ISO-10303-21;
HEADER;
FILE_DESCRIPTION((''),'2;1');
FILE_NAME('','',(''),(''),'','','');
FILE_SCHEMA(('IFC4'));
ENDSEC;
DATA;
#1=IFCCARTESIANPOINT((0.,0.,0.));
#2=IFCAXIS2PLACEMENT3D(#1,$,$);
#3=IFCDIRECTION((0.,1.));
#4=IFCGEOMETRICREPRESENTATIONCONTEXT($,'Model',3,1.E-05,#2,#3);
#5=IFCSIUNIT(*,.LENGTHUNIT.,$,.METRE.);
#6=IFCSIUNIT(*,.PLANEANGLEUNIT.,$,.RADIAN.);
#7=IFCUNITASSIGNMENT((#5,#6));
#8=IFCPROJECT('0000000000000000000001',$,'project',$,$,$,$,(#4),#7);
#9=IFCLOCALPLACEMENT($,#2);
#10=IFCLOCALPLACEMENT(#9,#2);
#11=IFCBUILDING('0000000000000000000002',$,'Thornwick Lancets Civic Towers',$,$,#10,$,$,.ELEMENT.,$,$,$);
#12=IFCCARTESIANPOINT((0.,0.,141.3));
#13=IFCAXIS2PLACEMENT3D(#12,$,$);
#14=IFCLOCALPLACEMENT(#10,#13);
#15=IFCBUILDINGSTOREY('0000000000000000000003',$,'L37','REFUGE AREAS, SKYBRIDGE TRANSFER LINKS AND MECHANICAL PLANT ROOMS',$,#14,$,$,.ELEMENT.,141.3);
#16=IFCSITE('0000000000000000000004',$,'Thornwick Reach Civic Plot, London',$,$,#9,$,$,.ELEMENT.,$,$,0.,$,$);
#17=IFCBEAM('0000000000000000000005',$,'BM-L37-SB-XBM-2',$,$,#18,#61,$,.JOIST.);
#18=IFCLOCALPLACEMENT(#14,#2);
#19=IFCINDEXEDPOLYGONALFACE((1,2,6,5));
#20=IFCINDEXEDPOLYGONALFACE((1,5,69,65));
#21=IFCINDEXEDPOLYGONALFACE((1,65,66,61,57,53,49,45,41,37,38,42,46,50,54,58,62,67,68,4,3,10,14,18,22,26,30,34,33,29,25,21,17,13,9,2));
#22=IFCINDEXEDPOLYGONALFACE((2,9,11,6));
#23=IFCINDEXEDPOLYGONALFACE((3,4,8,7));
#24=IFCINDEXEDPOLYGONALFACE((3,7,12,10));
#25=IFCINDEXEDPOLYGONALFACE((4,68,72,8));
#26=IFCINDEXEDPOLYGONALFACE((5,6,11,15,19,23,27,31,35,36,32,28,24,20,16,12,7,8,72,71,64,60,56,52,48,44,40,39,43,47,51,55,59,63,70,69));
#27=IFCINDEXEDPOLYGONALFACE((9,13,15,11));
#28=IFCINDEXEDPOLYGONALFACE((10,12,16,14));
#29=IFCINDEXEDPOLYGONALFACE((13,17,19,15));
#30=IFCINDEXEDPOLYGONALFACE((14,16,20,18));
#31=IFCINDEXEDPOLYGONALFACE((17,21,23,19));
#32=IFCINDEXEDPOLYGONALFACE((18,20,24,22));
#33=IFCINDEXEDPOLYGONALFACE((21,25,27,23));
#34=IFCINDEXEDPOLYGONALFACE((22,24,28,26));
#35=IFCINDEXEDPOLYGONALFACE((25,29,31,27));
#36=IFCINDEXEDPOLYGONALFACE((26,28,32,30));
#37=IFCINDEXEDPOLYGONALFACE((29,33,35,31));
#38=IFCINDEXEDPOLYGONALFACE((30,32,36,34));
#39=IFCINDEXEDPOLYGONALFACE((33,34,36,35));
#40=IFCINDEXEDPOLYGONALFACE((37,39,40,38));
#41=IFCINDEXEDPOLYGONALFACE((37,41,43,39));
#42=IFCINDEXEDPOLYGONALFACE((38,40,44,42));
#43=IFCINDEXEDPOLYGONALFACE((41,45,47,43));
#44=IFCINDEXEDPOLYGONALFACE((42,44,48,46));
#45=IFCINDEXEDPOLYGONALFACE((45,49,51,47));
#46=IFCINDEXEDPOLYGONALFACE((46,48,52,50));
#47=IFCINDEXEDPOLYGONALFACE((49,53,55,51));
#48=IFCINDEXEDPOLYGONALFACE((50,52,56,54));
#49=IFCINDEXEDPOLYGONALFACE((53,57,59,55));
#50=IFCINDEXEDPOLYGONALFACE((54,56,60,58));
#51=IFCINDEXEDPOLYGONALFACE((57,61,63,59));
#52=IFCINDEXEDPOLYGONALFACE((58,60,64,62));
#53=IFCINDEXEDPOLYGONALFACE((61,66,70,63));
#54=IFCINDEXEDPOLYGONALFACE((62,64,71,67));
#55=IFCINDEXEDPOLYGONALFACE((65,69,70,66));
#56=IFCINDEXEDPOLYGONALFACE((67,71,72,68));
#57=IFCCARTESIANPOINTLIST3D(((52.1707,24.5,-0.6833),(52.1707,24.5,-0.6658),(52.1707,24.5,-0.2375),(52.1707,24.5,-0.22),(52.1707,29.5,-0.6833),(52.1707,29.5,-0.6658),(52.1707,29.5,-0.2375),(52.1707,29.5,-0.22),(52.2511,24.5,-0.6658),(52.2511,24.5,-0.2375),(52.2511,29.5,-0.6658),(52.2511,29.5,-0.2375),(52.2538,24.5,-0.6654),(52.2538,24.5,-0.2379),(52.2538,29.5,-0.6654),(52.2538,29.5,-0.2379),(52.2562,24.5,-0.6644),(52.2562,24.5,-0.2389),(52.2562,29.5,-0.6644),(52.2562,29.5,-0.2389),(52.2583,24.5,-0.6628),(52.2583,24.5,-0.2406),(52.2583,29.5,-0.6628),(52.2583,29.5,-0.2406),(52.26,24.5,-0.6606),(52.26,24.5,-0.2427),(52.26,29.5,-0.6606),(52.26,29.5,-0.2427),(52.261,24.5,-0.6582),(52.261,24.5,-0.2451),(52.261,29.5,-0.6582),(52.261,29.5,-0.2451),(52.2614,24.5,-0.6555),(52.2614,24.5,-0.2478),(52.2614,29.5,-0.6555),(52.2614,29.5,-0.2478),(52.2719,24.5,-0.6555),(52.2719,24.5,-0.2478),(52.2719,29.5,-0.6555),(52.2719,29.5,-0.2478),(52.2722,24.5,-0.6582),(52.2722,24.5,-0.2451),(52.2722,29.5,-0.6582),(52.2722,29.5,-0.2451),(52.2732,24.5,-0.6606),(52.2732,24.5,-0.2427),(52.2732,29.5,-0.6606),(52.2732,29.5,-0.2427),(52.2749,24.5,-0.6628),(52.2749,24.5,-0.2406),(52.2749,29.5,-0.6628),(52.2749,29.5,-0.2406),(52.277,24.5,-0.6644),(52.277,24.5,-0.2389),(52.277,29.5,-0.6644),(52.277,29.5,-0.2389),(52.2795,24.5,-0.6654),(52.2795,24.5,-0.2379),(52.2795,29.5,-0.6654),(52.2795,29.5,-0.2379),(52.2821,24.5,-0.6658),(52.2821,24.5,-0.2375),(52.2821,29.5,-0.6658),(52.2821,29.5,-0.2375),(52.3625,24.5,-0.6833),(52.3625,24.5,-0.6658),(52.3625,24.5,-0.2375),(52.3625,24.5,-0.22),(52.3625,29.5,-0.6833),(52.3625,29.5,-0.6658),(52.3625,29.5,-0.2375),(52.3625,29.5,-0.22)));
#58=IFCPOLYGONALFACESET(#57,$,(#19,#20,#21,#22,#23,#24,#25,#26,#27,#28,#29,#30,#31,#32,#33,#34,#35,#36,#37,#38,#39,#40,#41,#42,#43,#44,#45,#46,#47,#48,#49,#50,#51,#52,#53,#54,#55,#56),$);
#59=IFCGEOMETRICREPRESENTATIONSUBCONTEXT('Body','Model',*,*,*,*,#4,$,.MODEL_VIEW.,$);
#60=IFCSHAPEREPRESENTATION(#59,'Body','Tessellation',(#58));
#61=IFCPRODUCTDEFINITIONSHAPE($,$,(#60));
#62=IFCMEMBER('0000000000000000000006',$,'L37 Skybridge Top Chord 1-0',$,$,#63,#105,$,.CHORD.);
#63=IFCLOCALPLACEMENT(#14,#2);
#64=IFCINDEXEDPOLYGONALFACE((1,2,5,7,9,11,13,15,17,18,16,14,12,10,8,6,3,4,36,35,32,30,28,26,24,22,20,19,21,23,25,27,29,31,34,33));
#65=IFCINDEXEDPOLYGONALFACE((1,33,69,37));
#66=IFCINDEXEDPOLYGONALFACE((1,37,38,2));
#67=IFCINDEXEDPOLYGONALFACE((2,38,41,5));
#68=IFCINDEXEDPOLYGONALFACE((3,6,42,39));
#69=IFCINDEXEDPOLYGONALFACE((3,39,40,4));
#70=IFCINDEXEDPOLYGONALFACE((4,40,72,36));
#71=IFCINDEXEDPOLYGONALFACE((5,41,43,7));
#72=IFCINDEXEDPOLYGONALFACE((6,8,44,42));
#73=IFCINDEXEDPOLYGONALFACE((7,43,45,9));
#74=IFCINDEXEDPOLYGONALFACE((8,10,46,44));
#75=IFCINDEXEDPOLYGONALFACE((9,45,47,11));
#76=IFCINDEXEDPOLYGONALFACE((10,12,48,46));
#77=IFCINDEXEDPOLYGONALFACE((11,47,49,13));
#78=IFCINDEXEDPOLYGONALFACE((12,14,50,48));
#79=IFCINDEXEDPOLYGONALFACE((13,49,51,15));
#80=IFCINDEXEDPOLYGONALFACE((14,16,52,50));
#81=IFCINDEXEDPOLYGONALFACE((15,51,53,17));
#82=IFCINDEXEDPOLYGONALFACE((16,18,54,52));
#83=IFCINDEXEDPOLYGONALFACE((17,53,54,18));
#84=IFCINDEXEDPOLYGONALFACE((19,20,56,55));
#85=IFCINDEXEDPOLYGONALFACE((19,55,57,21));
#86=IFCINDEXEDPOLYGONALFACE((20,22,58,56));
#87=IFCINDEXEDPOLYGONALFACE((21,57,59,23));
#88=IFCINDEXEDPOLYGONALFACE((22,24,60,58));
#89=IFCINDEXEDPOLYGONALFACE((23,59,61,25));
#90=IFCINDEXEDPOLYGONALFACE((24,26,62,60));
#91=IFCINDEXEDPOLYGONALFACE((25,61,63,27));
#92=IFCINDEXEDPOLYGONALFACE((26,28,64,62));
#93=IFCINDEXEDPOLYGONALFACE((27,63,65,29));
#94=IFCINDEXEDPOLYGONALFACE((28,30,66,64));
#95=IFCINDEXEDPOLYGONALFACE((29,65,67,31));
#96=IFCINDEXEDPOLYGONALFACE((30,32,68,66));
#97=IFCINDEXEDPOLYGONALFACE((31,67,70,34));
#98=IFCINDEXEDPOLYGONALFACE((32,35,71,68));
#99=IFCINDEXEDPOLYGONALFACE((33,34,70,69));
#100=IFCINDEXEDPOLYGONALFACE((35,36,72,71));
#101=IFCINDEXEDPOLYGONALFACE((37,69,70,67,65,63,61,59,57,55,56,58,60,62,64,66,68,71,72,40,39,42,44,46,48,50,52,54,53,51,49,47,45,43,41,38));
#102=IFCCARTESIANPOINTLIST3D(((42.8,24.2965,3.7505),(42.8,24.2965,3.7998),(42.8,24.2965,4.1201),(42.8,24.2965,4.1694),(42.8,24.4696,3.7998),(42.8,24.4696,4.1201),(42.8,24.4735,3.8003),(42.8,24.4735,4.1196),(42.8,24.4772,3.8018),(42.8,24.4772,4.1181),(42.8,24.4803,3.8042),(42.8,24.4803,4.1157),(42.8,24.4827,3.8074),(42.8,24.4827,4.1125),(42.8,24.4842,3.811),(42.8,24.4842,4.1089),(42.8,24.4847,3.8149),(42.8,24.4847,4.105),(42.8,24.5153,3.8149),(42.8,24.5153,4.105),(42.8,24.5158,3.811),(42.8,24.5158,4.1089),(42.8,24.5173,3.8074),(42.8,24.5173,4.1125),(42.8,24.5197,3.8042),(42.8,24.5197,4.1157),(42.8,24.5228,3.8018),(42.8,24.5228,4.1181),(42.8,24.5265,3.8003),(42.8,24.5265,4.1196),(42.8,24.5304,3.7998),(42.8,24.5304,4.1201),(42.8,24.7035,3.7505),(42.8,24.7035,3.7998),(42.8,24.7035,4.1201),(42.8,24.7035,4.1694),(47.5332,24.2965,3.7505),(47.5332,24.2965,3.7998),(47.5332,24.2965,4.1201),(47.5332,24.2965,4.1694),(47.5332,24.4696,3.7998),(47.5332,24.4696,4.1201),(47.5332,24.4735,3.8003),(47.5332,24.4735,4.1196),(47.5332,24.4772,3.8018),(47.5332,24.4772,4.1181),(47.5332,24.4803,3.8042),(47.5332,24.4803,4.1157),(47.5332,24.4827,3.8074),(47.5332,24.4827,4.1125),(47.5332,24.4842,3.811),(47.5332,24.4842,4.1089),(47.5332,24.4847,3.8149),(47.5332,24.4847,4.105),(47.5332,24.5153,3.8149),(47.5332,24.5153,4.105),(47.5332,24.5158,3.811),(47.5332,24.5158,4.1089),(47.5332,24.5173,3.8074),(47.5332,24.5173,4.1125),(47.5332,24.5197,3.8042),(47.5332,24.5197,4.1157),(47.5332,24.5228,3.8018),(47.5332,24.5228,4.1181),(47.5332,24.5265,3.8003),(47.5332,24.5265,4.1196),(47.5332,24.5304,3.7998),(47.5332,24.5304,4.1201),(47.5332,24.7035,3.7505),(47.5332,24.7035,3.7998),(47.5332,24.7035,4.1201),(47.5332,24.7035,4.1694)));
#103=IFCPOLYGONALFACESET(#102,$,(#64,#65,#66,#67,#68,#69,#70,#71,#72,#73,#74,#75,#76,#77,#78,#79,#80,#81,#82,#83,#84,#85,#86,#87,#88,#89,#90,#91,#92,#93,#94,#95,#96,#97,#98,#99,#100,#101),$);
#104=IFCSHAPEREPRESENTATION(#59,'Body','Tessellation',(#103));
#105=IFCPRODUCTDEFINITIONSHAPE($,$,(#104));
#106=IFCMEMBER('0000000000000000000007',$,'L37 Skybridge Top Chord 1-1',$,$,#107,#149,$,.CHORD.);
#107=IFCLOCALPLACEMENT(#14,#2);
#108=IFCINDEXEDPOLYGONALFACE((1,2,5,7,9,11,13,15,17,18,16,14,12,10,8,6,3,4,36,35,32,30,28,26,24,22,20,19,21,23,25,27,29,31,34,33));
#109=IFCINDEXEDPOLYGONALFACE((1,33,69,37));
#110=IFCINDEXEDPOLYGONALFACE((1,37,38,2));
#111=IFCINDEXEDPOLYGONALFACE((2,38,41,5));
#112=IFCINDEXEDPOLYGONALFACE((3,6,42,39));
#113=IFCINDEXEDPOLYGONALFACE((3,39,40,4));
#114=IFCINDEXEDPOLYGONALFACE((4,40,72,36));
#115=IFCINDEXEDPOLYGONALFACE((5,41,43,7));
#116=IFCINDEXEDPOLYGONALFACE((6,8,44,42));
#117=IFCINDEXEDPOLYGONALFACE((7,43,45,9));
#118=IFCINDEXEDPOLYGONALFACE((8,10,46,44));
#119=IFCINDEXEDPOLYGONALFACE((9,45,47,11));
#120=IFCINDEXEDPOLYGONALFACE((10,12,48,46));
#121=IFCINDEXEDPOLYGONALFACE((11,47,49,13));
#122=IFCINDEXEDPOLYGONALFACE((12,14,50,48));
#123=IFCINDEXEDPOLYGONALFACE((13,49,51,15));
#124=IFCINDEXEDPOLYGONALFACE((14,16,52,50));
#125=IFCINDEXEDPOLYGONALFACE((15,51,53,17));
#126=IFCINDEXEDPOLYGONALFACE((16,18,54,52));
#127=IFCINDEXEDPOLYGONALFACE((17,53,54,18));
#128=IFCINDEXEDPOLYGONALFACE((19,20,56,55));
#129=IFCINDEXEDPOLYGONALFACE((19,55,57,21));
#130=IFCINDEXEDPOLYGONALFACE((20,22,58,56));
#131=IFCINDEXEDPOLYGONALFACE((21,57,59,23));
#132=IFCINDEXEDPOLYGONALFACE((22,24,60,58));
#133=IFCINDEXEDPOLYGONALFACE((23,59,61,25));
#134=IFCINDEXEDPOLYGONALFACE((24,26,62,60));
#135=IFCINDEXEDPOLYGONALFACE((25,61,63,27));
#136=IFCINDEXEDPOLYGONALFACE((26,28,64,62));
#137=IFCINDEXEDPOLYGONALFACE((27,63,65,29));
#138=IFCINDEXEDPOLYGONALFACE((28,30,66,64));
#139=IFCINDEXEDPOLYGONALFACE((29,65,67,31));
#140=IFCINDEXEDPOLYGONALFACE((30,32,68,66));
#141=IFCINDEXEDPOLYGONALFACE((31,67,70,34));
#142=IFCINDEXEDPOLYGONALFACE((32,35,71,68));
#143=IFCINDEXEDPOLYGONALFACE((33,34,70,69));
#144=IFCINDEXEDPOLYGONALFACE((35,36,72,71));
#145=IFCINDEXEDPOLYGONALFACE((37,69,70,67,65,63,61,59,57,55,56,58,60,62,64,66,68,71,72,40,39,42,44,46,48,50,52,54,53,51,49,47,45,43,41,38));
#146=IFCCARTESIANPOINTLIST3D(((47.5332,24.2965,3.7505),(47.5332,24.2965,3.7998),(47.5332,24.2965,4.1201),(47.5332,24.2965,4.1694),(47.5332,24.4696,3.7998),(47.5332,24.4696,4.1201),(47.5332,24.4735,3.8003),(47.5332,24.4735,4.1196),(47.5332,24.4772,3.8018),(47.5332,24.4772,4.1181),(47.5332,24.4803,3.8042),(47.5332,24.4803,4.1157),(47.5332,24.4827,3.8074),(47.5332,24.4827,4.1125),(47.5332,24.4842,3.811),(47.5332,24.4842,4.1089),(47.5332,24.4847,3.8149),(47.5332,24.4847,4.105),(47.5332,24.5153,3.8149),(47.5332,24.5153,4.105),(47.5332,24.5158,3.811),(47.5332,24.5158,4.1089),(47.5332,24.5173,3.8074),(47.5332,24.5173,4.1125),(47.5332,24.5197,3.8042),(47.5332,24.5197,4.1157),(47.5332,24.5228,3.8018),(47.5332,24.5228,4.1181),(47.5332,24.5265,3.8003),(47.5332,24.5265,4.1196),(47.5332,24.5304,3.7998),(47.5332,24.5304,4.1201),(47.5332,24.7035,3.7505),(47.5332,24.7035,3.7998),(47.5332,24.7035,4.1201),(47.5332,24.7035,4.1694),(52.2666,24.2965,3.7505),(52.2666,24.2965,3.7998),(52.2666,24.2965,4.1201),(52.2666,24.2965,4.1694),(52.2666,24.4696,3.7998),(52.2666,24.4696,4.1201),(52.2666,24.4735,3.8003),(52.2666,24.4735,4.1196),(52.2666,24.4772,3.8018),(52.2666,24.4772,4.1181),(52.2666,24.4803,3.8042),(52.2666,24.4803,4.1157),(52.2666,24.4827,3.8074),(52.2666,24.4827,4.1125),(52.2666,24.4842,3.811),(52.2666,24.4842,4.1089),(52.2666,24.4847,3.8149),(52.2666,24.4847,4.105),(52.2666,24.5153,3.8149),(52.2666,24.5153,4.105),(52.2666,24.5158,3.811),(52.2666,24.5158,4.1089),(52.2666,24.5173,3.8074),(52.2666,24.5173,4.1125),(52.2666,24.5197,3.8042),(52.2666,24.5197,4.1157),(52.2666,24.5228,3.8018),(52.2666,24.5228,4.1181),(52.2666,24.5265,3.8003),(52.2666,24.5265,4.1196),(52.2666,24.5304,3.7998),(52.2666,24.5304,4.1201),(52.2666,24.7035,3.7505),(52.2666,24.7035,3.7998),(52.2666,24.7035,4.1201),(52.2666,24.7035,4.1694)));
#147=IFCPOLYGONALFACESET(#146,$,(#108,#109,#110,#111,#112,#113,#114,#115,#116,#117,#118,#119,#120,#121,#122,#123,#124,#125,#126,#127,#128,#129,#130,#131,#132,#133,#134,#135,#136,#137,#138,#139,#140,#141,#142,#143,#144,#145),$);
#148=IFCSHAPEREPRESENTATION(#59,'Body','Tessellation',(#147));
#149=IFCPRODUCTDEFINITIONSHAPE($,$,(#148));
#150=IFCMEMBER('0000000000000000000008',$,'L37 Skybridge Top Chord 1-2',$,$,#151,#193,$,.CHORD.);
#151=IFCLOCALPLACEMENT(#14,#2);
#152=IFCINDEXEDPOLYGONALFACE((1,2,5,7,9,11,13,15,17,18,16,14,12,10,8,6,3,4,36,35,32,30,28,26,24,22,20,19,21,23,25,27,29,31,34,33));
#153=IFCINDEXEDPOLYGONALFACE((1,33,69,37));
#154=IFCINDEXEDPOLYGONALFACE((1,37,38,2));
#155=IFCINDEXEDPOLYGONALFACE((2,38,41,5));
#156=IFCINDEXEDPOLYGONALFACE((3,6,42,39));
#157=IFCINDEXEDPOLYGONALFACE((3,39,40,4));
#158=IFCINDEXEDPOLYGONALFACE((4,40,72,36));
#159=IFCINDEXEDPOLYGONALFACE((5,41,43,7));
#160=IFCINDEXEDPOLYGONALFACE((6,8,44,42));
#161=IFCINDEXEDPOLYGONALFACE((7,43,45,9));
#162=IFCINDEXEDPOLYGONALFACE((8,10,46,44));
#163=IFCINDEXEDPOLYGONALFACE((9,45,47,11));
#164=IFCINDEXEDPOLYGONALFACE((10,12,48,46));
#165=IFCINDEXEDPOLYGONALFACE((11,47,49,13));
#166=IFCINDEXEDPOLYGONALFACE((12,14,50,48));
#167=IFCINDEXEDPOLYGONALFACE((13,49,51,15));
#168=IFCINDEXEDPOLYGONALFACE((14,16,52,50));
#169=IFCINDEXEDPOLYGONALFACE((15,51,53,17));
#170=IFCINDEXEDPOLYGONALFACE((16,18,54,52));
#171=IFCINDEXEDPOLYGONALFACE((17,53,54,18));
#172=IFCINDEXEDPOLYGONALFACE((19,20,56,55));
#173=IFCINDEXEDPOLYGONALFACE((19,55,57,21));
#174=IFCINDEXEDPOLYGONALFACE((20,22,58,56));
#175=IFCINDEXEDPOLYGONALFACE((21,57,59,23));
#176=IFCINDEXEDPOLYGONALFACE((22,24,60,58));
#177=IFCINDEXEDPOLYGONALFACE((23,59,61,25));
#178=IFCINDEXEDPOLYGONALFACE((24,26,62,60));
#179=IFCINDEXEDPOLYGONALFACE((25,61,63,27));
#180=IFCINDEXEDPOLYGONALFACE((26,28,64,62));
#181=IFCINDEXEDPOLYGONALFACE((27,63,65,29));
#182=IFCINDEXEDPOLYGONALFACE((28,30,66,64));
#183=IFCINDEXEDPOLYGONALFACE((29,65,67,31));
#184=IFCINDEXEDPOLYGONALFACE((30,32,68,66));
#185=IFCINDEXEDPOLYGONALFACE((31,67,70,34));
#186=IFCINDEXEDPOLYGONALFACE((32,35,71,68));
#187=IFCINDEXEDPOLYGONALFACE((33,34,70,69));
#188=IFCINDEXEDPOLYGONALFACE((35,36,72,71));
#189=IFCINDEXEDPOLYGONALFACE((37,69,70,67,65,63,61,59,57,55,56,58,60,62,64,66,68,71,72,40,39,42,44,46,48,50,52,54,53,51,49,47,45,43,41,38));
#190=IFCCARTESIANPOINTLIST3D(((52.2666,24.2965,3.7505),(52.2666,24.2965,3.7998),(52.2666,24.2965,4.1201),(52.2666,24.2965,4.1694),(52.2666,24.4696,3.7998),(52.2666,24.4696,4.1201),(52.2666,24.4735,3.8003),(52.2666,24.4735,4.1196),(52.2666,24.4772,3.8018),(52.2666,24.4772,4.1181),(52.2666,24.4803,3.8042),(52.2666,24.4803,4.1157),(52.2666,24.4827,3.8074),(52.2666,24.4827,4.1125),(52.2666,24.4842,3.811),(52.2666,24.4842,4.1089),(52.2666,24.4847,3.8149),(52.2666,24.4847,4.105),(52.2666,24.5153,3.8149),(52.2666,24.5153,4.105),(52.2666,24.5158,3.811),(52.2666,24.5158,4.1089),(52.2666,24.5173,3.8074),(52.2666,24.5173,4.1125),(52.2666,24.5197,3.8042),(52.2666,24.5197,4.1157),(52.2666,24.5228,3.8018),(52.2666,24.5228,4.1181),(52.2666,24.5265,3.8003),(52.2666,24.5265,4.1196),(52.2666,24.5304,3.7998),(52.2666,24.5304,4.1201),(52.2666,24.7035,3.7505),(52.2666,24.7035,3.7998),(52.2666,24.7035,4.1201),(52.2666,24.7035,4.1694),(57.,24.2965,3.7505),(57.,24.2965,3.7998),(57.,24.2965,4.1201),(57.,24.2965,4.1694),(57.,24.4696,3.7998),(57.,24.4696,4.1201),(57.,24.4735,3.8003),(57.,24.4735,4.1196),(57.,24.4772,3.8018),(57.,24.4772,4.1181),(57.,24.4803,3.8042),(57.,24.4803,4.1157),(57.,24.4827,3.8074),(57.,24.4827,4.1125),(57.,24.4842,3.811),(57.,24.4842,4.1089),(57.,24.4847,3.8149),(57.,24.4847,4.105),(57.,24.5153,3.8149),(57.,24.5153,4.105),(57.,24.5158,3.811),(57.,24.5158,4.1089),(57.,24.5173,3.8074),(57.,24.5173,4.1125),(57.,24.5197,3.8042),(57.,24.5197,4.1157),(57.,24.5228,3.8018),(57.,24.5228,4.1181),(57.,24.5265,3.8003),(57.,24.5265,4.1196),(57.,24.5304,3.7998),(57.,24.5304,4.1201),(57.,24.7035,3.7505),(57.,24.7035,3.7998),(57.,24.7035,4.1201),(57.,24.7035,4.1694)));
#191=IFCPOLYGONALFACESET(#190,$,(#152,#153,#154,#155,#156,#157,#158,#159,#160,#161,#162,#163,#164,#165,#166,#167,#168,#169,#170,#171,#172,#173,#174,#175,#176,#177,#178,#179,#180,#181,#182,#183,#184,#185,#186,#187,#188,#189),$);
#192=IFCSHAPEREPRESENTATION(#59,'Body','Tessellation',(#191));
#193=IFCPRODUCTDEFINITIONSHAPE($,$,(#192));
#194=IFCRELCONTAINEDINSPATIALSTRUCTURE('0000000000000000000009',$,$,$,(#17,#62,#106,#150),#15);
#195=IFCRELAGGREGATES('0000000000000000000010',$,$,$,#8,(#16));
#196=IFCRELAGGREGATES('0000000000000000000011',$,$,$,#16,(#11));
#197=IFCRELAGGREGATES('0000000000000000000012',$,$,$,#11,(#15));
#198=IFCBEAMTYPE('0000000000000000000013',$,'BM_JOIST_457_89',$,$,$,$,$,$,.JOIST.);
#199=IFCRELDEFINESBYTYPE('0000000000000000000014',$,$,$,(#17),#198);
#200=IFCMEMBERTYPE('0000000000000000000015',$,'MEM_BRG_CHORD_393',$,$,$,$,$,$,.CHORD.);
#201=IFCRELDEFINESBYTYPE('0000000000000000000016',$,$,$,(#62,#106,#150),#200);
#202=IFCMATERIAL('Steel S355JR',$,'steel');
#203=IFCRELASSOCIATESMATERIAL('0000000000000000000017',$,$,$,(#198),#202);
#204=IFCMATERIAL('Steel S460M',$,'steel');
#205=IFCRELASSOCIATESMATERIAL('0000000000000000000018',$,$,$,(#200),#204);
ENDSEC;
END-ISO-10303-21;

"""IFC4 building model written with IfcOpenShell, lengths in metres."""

from ifc_helpers import new_model, si_unit, direction, frame, origin, origin_2d, place, context, subcontext, project, spatial, i_section, extrude, material, material_profile, profile_set, type_object, element, save


model = new_model("IFC4")

# Units and contexts
model_context = context("Model", 3, precision=1e-05, world=origin(), true_north=direction((0.0, 1.0)))
body_context = subcontext(model_context, "Body", "Model", "MODEL_VIEW")
ifc_project = project(units=[si_unit("LENGTHUNIT", "METRE"), si_unit("PLANEANGLEUNIT", "RADIAN")], contexts=[model_context])

# Site, building, storey
site_placement = place(None, origin())
site = spatial("IfcSite", under=ifc_project, at=site_placement, Name="Thornwick Reach Civic Plot, London", CompositionType="ELEMENT", RefElevation=0.0)
building_placement = place(site_placement, origin())
building = spatial("IfcBuilding", under=site, at=building_placement, Name="Thornwick Lancets Civic Towers", CompositionType="ELEMENT")
storey_placement = place(building_placement, frame((0.0, 0.0, 141.3)))
storey = spatial("IfcBuildingStorey", under=building, at=storey_placement, Name="L37", Description="REFUGE AREAS, SKYBRIDGE TRANSFER LINKS AND MECHANICAL PLANT ROOMS", CompositionType="ELEMENT", Elevation=141.3)

# Beam
ifc_material_1 = material(Name="Steel S355JR", Category="steel")
ifc_material_profile_1 = material_profile(ifc_material_1, i_section(OverallWidth=0.1919, OverallDepth=0.4634, WebThickness=0.0105, FlangeThickness=0.0176, FilletRadius=0.0103, at=origin_2d()), Name="UKB 457x191x89")
ifc_profile_set_1 = profile_set([ifc_material_profile_1], Name="Steel S355JR")
beam_type_1 = type_object("IfcBeamType", Name="BM_JOIST_457_89", PredefinedType="JOIST", material=ifc_profile_set_1)
for number, where, z_axis, x_axis, name in (
    (1, (52.2666, 24.5, -0.4517), (0.0, 1.0, 0.0), (-1.0, 0.0, 0.0), "BM-L37-SB-XBM-2"),
):
    element("IfcBeam", number, at=place(storey_placement, frame(where, z_axis=z_axis, x_axis=x_axis)), inside=storey, type_object=beam_type_1, Name=name, PredefinedType="JOIST", context=body_context, shape_type="SweptSolid", body=[
        extrude(i_section(OverallWidth=0.1919, OverallDepth=0.4634, WebThickness=0.0105, FlangeThickness=0.0176, FilletRadius=0.0103, at=origin_2d()), origin(), (0.0, 0.0, 1.0), 5.0),
    ])

# Members
ifc_material_2 = material(Name="Steel S460M", Category="steel")
ifc_material_profile_2 = material_profile(ifc_material_2, i_section(OverallWidth=0.407, OverallDepth=0.4189, WebThickness=0.0305, FlangeThickness=0.0493, FilletRadius=0.0151, at=origin_2d()), Name="UKC 356x406x393")
ifc_profile_set_2 = profile_set([ifc_material_profile_2], Name="Steel S460M")
member_type_1 = type_object("IfcMemberType", Name="MEM_BRG_CHORD_393", PredefinedType="CHORD", material=ifc_profile_set_2)
member_placement = place(storey_placement, frame((42.8, 24.5, 3.96), z_axis=(1.0, 0.0, 0.0), x_axis=(0.0, 1.0, 0.0)))
element("IfcMember", 2, at=member_placement, inside=storey, type_object=member_type_1, Name="L37 Skybridge Top Chord 1-0", PredefinedType="CHORD", context=body_context, shape_type="SweptSolid", body=[
    extrude(i_section(OverallWidth=0.407, OverallDepth=0.4189, WebThickness=0.0305, FlangeThickness=0.0493, FilletRadius=0.0151, at=origin_2d()), origin(), (0.0, 0.0, 1.0), 4.7332),
])
for number, where, z_axis, x_axis, name in (
    (3, (47.5332, 24.5, 3.96), (1.0, 0.0, 0.0), (0.0, 1.0, 0.0), "L37 Skybridge Top Chord 1-1"),
    (4, (52.2666, 24.5, 3.96), (1.0, 0.0, 0.0), (0.0, 1.0, 0.0), "L37 Skybridge Top Chord 1-2"),
):
    element("IfcMember", number, at=place(storey_placement, frame(where, z_axis=z_axis, x_axis=x_axis)), inside=storey, type_object=member_type_1, Name=name, PredefinedType="CHORD", context=body_context, shape_type="SweptSolid", body=[
        extrude(i_section(OverallWidth=0.407, OverallDepth=0.4189, WebThickness=0.0305, FlangeThickness=0.0493, FilletRadius=0.0151, at=origin_2d()), origin(), (0.0, 0.0, 1.0), 4.7334),
    ])

save(model, "model.ifc")
